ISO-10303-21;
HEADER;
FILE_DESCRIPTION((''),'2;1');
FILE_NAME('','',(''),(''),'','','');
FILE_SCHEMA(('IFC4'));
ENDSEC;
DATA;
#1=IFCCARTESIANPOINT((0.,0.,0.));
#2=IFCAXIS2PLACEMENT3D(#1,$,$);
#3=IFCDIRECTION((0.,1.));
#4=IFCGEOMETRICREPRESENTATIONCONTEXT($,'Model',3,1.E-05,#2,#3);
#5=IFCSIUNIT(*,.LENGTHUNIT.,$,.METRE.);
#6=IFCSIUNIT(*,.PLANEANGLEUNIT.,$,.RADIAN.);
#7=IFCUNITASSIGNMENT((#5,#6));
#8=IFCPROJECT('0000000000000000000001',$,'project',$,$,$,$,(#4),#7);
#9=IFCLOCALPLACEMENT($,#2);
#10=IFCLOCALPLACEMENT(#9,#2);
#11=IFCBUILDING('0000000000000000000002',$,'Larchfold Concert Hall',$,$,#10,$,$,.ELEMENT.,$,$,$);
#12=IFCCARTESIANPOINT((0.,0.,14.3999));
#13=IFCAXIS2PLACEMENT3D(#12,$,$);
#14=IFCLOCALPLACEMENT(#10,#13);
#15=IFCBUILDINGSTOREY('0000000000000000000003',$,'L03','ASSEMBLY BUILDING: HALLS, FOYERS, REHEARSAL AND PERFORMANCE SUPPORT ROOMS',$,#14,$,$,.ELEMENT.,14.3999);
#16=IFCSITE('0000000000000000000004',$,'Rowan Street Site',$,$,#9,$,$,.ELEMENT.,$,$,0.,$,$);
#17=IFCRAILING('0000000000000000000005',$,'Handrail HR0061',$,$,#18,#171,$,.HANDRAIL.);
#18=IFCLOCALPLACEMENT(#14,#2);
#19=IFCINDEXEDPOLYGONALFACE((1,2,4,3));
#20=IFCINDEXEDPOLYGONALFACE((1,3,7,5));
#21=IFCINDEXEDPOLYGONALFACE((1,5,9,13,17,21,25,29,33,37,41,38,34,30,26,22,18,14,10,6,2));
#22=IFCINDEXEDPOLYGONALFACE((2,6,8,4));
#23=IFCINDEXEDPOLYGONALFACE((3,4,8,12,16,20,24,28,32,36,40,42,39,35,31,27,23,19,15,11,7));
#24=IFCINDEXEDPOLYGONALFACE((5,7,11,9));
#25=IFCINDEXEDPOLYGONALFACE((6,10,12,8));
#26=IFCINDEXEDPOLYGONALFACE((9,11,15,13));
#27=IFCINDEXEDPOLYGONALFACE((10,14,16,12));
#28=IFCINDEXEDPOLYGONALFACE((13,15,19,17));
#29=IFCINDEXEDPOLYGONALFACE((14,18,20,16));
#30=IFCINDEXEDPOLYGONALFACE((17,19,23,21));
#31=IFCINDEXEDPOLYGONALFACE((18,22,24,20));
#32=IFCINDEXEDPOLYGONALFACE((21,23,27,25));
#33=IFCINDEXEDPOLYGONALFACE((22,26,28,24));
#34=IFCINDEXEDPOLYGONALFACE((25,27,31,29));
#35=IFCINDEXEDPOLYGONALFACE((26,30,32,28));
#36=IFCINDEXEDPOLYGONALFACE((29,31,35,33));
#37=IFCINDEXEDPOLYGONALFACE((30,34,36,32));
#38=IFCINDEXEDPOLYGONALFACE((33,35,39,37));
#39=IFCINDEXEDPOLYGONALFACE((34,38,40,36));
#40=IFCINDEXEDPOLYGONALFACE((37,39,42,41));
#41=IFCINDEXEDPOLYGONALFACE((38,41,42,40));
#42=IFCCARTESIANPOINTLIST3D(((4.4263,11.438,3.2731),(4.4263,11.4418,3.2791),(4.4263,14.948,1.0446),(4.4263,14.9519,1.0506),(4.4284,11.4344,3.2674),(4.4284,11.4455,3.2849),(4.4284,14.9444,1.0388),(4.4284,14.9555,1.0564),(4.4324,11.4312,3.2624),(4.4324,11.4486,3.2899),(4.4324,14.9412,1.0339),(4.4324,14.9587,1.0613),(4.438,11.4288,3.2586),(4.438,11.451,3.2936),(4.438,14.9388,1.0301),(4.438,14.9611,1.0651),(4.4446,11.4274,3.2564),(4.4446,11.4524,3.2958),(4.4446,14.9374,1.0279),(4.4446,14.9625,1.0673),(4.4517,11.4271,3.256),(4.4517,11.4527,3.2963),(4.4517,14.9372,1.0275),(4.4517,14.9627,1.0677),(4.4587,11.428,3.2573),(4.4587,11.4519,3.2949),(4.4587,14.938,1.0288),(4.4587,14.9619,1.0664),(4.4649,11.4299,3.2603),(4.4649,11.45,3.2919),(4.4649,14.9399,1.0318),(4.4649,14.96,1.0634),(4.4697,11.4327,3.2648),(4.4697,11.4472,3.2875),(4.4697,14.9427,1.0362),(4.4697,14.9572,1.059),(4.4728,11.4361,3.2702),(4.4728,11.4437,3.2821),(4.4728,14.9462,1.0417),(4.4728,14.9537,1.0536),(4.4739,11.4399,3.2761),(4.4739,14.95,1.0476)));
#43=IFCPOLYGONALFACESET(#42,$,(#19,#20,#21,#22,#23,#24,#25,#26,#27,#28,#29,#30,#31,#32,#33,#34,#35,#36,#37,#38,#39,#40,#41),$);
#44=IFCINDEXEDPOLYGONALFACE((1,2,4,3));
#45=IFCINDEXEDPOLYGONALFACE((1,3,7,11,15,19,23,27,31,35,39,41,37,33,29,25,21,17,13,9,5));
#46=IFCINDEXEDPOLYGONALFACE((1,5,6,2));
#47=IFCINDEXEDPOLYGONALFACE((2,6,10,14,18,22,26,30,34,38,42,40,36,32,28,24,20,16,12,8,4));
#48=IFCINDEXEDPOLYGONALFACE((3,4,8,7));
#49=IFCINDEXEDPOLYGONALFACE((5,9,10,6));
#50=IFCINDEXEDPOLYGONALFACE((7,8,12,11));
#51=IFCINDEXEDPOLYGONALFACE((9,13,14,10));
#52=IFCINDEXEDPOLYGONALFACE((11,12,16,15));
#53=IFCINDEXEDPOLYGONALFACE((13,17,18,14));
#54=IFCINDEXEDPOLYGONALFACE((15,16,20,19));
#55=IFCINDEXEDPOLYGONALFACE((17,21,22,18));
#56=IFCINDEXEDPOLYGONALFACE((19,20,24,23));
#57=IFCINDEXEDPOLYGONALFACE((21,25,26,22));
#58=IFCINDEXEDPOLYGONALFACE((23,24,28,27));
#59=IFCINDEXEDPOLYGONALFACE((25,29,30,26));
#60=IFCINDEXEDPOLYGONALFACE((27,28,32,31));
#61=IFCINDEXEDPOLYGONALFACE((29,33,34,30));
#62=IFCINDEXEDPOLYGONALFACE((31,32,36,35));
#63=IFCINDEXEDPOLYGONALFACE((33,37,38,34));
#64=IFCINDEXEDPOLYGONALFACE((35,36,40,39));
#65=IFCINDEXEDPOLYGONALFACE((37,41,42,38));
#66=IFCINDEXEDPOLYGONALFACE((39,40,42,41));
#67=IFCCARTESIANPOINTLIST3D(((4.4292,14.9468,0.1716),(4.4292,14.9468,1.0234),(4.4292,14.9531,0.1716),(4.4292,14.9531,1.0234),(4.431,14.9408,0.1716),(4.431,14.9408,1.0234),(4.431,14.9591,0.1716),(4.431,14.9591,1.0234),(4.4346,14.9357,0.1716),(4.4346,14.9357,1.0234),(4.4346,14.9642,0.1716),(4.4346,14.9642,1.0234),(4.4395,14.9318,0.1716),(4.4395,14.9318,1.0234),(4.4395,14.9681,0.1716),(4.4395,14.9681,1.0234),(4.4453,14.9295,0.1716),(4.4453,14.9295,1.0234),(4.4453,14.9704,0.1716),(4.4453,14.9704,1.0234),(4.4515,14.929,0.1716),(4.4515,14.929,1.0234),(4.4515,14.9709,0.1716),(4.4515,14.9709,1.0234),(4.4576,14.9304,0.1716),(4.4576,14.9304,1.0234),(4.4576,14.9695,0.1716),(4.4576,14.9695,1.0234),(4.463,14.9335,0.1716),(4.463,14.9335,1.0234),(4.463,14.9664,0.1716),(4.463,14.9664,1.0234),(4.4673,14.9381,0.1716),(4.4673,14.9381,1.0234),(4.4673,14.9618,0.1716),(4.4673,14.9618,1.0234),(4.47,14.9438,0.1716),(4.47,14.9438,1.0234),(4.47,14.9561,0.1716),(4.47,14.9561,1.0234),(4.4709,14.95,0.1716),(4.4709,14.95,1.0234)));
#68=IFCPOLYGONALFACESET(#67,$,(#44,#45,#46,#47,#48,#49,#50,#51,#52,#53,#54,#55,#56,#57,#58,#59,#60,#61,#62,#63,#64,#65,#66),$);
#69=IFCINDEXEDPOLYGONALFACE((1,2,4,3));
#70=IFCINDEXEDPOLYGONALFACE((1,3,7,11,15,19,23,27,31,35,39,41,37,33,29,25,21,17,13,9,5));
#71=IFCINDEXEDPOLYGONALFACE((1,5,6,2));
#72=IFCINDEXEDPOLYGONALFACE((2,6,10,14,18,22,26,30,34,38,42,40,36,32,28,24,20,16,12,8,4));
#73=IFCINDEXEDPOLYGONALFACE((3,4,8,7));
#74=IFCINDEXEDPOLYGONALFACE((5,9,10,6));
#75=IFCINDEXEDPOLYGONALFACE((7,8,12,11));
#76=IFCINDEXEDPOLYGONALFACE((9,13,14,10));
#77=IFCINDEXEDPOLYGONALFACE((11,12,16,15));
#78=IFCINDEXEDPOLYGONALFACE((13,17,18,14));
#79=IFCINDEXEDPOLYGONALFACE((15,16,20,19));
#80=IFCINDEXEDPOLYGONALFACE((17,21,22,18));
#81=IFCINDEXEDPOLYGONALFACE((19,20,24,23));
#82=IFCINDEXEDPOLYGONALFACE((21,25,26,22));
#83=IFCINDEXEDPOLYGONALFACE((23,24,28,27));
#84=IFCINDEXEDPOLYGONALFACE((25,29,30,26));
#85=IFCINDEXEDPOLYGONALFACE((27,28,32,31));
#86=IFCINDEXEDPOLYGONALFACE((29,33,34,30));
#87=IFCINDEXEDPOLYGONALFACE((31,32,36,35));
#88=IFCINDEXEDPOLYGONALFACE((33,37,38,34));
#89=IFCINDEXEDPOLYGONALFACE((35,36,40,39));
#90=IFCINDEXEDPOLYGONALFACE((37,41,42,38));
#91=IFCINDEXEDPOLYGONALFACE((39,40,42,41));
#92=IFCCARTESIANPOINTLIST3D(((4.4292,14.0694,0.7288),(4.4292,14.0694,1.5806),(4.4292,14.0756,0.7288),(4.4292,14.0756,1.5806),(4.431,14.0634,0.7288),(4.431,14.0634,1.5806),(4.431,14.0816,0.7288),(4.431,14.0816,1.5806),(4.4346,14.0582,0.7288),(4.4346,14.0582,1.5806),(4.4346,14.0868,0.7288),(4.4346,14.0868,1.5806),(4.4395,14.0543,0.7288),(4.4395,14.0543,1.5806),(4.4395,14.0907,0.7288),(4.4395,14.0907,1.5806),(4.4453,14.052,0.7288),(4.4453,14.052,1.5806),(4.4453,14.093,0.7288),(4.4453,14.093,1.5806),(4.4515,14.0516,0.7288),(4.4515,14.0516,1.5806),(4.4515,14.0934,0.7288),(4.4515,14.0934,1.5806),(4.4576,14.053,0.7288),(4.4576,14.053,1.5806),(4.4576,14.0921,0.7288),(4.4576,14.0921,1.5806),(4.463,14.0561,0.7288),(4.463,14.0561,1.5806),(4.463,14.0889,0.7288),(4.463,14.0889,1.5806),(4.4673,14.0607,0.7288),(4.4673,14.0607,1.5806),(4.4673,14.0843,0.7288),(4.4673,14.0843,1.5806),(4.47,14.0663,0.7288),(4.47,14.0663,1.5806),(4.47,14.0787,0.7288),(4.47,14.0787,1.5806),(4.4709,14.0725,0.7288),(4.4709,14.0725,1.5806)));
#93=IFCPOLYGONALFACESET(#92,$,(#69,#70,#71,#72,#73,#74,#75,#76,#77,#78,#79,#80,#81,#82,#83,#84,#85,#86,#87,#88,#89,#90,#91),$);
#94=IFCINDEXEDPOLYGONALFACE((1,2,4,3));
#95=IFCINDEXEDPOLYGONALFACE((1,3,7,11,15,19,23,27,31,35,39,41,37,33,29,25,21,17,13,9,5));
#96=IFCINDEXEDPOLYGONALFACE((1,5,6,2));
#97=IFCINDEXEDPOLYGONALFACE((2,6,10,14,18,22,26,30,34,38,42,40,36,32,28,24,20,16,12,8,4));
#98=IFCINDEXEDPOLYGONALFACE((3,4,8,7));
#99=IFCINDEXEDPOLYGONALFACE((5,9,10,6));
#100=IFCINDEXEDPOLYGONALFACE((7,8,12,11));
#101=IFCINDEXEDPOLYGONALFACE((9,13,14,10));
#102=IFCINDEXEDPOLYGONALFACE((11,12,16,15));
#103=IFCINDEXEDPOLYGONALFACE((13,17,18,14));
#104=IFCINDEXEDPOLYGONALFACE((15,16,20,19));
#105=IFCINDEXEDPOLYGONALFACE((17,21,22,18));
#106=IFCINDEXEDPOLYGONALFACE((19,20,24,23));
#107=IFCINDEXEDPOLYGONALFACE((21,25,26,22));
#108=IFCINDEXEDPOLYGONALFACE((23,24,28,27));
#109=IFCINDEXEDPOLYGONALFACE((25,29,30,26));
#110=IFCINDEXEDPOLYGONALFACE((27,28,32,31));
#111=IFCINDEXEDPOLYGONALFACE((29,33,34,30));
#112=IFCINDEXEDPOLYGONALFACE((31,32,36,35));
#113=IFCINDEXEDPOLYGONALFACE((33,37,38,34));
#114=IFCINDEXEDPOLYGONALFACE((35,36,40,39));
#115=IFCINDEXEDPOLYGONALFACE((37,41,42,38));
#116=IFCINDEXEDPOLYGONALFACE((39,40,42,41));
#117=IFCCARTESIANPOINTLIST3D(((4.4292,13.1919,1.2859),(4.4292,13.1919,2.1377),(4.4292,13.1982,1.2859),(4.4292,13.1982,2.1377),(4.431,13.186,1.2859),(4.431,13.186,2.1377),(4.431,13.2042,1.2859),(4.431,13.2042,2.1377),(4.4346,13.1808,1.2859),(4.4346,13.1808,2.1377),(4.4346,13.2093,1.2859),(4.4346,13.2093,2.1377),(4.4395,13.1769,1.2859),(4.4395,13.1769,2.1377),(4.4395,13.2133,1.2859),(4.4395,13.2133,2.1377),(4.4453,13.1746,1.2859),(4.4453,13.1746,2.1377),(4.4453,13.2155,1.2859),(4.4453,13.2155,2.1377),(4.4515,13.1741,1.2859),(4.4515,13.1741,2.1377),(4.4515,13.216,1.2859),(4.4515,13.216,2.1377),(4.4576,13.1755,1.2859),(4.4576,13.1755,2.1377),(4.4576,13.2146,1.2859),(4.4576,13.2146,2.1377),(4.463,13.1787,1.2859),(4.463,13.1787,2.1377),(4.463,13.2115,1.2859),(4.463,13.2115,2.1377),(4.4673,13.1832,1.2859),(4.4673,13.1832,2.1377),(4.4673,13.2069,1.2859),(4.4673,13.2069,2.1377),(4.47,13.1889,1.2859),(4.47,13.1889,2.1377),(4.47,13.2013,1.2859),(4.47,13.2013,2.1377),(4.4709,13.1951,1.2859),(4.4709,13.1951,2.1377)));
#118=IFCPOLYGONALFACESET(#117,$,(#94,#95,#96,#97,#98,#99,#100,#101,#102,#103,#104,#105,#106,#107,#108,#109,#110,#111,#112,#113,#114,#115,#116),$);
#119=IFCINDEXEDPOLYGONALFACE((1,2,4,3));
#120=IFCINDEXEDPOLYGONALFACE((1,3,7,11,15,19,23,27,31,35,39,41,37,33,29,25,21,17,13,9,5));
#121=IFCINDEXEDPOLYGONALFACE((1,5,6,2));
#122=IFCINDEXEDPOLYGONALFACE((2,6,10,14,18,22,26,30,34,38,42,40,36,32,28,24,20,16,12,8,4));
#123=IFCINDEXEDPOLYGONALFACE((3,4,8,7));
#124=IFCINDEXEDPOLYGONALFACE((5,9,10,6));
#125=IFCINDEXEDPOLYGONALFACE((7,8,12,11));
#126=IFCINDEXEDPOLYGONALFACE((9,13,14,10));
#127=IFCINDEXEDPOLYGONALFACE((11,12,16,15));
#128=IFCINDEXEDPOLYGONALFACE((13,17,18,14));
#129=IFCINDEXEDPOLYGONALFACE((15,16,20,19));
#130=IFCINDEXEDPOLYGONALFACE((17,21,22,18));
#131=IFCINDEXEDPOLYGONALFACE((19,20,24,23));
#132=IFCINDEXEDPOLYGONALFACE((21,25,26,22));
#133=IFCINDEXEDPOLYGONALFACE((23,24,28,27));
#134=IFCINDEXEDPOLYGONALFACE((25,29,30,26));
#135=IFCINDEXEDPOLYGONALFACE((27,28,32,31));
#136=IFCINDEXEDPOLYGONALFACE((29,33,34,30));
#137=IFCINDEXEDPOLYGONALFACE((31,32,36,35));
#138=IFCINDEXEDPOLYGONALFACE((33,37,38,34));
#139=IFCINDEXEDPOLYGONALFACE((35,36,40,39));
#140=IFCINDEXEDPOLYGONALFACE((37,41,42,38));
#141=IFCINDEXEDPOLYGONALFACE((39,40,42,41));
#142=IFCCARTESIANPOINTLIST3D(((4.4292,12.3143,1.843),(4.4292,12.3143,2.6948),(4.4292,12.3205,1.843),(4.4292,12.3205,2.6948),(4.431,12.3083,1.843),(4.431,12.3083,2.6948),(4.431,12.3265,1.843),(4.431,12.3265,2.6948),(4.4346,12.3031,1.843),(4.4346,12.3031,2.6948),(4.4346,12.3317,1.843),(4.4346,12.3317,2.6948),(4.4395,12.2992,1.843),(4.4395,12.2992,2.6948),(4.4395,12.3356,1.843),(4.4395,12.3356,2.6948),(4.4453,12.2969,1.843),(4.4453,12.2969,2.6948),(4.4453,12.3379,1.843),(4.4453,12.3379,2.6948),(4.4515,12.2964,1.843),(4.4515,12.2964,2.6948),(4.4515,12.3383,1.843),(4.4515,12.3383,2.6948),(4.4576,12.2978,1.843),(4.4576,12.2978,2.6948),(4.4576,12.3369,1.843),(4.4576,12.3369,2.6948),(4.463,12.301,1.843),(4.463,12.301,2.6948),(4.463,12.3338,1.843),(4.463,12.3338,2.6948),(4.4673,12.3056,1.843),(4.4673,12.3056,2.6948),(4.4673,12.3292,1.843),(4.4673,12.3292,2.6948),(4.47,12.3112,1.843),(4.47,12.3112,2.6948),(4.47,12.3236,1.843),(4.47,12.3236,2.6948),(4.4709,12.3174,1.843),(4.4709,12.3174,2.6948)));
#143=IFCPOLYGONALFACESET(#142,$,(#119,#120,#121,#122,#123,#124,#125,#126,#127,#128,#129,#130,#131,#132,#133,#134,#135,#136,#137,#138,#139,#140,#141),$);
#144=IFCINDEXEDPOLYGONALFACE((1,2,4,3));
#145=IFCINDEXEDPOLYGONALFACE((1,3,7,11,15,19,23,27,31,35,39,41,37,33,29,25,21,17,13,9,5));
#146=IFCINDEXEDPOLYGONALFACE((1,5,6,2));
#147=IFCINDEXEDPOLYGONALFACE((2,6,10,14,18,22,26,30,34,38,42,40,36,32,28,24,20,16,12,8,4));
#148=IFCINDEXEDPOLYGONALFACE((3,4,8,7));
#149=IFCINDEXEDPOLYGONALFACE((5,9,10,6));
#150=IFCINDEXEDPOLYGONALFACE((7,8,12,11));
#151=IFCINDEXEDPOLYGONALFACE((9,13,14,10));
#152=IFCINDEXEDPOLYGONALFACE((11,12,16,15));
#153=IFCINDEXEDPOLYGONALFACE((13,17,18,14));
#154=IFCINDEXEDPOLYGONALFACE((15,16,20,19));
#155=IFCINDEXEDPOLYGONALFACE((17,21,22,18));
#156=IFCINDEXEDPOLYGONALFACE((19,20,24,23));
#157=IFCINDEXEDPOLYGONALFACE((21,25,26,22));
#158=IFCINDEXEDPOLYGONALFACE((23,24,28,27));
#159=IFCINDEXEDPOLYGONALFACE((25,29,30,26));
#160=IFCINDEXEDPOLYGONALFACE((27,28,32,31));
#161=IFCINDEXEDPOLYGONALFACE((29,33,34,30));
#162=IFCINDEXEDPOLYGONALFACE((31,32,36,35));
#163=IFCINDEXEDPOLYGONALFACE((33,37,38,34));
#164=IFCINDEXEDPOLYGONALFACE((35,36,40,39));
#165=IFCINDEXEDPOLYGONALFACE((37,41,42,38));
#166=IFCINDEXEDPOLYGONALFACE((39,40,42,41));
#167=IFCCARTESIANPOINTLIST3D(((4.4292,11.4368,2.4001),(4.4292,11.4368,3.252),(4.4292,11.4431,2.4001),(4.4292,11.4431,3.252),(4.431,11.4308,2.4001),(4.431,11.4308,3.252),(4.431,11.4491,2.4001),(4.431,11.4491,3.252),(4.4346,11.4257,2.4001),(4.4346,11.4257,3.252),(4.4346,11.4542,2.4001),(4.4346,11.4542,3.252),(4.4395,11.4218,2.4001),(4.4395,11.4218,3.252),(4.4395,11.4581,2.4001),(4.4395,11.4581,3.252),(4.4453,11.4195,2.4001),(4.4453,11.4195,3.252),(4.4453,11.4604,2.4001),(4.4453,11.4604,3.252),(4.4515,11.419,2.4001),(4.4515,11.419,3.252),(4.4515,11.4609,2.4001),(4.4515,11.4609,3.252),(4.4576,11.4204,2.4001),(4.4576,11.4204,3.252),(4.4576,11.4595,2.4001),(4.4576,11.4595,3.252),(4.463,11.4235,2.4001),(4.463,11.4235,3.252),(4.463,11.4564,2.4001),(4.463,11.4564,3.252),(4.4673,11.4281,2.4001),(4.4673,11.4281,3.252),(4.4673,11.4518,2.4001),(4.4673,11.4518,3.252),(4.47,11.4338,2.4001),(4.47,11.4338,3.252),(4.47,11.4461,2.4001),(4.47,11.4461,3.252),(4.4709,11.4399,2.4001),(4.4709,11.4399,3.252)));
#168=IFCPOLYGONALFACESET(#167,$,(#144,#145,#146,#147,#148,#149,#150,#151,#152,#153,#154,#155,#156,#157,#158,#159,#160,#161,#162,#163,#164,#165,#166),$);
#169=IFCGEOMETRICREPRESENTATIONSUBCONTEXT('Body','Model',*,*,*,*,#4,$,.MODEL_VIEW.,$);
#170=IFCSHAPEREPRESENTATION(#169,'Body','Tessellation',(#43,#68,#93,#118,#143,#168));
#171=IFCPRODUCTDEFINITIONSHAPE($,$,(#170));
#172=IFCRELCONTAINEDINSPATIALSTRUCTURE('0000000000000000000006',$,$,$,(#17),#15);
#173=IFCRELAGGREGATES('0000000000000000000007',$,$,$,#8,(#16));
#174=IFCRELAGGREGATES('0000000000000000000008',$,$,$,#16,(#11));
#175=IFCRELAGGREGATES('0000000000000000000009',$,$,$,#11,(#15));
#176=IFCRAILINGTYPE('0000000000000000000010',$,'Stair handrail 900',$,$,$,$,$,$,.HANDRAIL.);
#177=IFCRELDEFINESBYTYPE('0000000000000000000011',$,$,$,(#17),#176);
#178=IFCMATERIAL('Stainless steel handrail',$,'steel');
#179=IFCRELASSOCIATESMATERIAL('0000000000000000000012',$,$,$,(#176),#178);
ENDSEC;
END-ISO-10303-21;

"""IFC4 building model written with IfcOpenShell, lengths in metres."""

from ifc_helpers import new_model, si_unit, direction, frame, origin, origin_2d, place, context, subcontext, project, spatial, circle, extrude, material, type_object, element, save


model = new_model("IFC4")

# Units and contexts
model_context = context("Model", 3, precision=1e-05, world=origin(), true_north=direction((0.0, 1.0)))
body_context = subcontext(model_context, "Body", "Model", "MODEL_VIEW")
ifc_project = project(units=[si_unit("LENGTHUNIT", "METRE"), si_unit("PLANEANGLEUNIT", "RADIAN")], contexts=[model_context])

# Site, building, storey
site_placement = place(None, origin())
site = spatial("IfcSite", under=ifc_project, at=site_placement, Name="Rowan Street Site", CompositionType="ELEMENT", RefElevation=0.0)
building_placement = place(site_placement, origin())
building = spatial("IfcBuilding", under=site, at=building_placement, Name="Larchfold Concert Hall", CompositionType="ELEMENT")
storey_placement = place(building_placement, frame((0.0, 0.0, 14.3999)))
storey = spatial("IfcBuildingStorey", under=building, at=storey_placement, Name="L03", Description="ASSEMBLY BUILDING: HALLS, FOYERS, REHEARSAL AND PERFORMANCE SUPPORT ROOMS", CompositionType="ELEMENT", Elevation=14.3999)

# Railing
ifc_material_1 = material(Name="Stainless steel handrail", Category="steel")
railing_type_1 = type_object("IfcRailingType", Name="Stair handrail 900", PredefinedType="HANDRAIL", material=ifc_material_1)
railing_1_placement = place(storey_placement, frame((4.45, 14.95, 0.1716)))
element("IfcRailing", 1, at=railing_1_placement, inside=storey, type_object=railing_type_1, Name="Handrail HR0061", PredefinedType="HANDRAIL", context=body_context, shape_type="SweptSolid", body=[
    extrude(circle(Radius=0.0239, at=origin_2d()), frame((0.0, 0.0, 0.876), z_axis=(0.0, -0.84422, 0.535998), x_axis=(1.0, 0.0, 0.0)), (0.0, 0.0, 1.0), 4.1577),
    extrude(circle(Radius=0.021, at=origin_2d()), origin(), (0.0, 0.0, 1.0), 0.8518),
    extrude(circle(Radius=0.021, at=origin_2d()), frame((0.0, -0.8774, 0.5571)), (0.0, 0.0, 1.0), 0.8518),
    extrude(circle(Radius=0.021, at=origin_2d()), frame((0.0, -1.7549, 1.1143)), (0.0, 0.0, 1.0), 0.8518),
    extrude(circle(Radius=0.021, at=origin_2d()), frame((0.0, -2.6326, 1.6714)), (0.0, 0.0, 1.0), 0.8518),
    extrude(circle(Radius=0.021, at=origin_2d()), frame((0.0, -3.51, 2.2285)), (0.0, 0.0, 1.0), 0.8518),
])

save(model, "model.ifc")
